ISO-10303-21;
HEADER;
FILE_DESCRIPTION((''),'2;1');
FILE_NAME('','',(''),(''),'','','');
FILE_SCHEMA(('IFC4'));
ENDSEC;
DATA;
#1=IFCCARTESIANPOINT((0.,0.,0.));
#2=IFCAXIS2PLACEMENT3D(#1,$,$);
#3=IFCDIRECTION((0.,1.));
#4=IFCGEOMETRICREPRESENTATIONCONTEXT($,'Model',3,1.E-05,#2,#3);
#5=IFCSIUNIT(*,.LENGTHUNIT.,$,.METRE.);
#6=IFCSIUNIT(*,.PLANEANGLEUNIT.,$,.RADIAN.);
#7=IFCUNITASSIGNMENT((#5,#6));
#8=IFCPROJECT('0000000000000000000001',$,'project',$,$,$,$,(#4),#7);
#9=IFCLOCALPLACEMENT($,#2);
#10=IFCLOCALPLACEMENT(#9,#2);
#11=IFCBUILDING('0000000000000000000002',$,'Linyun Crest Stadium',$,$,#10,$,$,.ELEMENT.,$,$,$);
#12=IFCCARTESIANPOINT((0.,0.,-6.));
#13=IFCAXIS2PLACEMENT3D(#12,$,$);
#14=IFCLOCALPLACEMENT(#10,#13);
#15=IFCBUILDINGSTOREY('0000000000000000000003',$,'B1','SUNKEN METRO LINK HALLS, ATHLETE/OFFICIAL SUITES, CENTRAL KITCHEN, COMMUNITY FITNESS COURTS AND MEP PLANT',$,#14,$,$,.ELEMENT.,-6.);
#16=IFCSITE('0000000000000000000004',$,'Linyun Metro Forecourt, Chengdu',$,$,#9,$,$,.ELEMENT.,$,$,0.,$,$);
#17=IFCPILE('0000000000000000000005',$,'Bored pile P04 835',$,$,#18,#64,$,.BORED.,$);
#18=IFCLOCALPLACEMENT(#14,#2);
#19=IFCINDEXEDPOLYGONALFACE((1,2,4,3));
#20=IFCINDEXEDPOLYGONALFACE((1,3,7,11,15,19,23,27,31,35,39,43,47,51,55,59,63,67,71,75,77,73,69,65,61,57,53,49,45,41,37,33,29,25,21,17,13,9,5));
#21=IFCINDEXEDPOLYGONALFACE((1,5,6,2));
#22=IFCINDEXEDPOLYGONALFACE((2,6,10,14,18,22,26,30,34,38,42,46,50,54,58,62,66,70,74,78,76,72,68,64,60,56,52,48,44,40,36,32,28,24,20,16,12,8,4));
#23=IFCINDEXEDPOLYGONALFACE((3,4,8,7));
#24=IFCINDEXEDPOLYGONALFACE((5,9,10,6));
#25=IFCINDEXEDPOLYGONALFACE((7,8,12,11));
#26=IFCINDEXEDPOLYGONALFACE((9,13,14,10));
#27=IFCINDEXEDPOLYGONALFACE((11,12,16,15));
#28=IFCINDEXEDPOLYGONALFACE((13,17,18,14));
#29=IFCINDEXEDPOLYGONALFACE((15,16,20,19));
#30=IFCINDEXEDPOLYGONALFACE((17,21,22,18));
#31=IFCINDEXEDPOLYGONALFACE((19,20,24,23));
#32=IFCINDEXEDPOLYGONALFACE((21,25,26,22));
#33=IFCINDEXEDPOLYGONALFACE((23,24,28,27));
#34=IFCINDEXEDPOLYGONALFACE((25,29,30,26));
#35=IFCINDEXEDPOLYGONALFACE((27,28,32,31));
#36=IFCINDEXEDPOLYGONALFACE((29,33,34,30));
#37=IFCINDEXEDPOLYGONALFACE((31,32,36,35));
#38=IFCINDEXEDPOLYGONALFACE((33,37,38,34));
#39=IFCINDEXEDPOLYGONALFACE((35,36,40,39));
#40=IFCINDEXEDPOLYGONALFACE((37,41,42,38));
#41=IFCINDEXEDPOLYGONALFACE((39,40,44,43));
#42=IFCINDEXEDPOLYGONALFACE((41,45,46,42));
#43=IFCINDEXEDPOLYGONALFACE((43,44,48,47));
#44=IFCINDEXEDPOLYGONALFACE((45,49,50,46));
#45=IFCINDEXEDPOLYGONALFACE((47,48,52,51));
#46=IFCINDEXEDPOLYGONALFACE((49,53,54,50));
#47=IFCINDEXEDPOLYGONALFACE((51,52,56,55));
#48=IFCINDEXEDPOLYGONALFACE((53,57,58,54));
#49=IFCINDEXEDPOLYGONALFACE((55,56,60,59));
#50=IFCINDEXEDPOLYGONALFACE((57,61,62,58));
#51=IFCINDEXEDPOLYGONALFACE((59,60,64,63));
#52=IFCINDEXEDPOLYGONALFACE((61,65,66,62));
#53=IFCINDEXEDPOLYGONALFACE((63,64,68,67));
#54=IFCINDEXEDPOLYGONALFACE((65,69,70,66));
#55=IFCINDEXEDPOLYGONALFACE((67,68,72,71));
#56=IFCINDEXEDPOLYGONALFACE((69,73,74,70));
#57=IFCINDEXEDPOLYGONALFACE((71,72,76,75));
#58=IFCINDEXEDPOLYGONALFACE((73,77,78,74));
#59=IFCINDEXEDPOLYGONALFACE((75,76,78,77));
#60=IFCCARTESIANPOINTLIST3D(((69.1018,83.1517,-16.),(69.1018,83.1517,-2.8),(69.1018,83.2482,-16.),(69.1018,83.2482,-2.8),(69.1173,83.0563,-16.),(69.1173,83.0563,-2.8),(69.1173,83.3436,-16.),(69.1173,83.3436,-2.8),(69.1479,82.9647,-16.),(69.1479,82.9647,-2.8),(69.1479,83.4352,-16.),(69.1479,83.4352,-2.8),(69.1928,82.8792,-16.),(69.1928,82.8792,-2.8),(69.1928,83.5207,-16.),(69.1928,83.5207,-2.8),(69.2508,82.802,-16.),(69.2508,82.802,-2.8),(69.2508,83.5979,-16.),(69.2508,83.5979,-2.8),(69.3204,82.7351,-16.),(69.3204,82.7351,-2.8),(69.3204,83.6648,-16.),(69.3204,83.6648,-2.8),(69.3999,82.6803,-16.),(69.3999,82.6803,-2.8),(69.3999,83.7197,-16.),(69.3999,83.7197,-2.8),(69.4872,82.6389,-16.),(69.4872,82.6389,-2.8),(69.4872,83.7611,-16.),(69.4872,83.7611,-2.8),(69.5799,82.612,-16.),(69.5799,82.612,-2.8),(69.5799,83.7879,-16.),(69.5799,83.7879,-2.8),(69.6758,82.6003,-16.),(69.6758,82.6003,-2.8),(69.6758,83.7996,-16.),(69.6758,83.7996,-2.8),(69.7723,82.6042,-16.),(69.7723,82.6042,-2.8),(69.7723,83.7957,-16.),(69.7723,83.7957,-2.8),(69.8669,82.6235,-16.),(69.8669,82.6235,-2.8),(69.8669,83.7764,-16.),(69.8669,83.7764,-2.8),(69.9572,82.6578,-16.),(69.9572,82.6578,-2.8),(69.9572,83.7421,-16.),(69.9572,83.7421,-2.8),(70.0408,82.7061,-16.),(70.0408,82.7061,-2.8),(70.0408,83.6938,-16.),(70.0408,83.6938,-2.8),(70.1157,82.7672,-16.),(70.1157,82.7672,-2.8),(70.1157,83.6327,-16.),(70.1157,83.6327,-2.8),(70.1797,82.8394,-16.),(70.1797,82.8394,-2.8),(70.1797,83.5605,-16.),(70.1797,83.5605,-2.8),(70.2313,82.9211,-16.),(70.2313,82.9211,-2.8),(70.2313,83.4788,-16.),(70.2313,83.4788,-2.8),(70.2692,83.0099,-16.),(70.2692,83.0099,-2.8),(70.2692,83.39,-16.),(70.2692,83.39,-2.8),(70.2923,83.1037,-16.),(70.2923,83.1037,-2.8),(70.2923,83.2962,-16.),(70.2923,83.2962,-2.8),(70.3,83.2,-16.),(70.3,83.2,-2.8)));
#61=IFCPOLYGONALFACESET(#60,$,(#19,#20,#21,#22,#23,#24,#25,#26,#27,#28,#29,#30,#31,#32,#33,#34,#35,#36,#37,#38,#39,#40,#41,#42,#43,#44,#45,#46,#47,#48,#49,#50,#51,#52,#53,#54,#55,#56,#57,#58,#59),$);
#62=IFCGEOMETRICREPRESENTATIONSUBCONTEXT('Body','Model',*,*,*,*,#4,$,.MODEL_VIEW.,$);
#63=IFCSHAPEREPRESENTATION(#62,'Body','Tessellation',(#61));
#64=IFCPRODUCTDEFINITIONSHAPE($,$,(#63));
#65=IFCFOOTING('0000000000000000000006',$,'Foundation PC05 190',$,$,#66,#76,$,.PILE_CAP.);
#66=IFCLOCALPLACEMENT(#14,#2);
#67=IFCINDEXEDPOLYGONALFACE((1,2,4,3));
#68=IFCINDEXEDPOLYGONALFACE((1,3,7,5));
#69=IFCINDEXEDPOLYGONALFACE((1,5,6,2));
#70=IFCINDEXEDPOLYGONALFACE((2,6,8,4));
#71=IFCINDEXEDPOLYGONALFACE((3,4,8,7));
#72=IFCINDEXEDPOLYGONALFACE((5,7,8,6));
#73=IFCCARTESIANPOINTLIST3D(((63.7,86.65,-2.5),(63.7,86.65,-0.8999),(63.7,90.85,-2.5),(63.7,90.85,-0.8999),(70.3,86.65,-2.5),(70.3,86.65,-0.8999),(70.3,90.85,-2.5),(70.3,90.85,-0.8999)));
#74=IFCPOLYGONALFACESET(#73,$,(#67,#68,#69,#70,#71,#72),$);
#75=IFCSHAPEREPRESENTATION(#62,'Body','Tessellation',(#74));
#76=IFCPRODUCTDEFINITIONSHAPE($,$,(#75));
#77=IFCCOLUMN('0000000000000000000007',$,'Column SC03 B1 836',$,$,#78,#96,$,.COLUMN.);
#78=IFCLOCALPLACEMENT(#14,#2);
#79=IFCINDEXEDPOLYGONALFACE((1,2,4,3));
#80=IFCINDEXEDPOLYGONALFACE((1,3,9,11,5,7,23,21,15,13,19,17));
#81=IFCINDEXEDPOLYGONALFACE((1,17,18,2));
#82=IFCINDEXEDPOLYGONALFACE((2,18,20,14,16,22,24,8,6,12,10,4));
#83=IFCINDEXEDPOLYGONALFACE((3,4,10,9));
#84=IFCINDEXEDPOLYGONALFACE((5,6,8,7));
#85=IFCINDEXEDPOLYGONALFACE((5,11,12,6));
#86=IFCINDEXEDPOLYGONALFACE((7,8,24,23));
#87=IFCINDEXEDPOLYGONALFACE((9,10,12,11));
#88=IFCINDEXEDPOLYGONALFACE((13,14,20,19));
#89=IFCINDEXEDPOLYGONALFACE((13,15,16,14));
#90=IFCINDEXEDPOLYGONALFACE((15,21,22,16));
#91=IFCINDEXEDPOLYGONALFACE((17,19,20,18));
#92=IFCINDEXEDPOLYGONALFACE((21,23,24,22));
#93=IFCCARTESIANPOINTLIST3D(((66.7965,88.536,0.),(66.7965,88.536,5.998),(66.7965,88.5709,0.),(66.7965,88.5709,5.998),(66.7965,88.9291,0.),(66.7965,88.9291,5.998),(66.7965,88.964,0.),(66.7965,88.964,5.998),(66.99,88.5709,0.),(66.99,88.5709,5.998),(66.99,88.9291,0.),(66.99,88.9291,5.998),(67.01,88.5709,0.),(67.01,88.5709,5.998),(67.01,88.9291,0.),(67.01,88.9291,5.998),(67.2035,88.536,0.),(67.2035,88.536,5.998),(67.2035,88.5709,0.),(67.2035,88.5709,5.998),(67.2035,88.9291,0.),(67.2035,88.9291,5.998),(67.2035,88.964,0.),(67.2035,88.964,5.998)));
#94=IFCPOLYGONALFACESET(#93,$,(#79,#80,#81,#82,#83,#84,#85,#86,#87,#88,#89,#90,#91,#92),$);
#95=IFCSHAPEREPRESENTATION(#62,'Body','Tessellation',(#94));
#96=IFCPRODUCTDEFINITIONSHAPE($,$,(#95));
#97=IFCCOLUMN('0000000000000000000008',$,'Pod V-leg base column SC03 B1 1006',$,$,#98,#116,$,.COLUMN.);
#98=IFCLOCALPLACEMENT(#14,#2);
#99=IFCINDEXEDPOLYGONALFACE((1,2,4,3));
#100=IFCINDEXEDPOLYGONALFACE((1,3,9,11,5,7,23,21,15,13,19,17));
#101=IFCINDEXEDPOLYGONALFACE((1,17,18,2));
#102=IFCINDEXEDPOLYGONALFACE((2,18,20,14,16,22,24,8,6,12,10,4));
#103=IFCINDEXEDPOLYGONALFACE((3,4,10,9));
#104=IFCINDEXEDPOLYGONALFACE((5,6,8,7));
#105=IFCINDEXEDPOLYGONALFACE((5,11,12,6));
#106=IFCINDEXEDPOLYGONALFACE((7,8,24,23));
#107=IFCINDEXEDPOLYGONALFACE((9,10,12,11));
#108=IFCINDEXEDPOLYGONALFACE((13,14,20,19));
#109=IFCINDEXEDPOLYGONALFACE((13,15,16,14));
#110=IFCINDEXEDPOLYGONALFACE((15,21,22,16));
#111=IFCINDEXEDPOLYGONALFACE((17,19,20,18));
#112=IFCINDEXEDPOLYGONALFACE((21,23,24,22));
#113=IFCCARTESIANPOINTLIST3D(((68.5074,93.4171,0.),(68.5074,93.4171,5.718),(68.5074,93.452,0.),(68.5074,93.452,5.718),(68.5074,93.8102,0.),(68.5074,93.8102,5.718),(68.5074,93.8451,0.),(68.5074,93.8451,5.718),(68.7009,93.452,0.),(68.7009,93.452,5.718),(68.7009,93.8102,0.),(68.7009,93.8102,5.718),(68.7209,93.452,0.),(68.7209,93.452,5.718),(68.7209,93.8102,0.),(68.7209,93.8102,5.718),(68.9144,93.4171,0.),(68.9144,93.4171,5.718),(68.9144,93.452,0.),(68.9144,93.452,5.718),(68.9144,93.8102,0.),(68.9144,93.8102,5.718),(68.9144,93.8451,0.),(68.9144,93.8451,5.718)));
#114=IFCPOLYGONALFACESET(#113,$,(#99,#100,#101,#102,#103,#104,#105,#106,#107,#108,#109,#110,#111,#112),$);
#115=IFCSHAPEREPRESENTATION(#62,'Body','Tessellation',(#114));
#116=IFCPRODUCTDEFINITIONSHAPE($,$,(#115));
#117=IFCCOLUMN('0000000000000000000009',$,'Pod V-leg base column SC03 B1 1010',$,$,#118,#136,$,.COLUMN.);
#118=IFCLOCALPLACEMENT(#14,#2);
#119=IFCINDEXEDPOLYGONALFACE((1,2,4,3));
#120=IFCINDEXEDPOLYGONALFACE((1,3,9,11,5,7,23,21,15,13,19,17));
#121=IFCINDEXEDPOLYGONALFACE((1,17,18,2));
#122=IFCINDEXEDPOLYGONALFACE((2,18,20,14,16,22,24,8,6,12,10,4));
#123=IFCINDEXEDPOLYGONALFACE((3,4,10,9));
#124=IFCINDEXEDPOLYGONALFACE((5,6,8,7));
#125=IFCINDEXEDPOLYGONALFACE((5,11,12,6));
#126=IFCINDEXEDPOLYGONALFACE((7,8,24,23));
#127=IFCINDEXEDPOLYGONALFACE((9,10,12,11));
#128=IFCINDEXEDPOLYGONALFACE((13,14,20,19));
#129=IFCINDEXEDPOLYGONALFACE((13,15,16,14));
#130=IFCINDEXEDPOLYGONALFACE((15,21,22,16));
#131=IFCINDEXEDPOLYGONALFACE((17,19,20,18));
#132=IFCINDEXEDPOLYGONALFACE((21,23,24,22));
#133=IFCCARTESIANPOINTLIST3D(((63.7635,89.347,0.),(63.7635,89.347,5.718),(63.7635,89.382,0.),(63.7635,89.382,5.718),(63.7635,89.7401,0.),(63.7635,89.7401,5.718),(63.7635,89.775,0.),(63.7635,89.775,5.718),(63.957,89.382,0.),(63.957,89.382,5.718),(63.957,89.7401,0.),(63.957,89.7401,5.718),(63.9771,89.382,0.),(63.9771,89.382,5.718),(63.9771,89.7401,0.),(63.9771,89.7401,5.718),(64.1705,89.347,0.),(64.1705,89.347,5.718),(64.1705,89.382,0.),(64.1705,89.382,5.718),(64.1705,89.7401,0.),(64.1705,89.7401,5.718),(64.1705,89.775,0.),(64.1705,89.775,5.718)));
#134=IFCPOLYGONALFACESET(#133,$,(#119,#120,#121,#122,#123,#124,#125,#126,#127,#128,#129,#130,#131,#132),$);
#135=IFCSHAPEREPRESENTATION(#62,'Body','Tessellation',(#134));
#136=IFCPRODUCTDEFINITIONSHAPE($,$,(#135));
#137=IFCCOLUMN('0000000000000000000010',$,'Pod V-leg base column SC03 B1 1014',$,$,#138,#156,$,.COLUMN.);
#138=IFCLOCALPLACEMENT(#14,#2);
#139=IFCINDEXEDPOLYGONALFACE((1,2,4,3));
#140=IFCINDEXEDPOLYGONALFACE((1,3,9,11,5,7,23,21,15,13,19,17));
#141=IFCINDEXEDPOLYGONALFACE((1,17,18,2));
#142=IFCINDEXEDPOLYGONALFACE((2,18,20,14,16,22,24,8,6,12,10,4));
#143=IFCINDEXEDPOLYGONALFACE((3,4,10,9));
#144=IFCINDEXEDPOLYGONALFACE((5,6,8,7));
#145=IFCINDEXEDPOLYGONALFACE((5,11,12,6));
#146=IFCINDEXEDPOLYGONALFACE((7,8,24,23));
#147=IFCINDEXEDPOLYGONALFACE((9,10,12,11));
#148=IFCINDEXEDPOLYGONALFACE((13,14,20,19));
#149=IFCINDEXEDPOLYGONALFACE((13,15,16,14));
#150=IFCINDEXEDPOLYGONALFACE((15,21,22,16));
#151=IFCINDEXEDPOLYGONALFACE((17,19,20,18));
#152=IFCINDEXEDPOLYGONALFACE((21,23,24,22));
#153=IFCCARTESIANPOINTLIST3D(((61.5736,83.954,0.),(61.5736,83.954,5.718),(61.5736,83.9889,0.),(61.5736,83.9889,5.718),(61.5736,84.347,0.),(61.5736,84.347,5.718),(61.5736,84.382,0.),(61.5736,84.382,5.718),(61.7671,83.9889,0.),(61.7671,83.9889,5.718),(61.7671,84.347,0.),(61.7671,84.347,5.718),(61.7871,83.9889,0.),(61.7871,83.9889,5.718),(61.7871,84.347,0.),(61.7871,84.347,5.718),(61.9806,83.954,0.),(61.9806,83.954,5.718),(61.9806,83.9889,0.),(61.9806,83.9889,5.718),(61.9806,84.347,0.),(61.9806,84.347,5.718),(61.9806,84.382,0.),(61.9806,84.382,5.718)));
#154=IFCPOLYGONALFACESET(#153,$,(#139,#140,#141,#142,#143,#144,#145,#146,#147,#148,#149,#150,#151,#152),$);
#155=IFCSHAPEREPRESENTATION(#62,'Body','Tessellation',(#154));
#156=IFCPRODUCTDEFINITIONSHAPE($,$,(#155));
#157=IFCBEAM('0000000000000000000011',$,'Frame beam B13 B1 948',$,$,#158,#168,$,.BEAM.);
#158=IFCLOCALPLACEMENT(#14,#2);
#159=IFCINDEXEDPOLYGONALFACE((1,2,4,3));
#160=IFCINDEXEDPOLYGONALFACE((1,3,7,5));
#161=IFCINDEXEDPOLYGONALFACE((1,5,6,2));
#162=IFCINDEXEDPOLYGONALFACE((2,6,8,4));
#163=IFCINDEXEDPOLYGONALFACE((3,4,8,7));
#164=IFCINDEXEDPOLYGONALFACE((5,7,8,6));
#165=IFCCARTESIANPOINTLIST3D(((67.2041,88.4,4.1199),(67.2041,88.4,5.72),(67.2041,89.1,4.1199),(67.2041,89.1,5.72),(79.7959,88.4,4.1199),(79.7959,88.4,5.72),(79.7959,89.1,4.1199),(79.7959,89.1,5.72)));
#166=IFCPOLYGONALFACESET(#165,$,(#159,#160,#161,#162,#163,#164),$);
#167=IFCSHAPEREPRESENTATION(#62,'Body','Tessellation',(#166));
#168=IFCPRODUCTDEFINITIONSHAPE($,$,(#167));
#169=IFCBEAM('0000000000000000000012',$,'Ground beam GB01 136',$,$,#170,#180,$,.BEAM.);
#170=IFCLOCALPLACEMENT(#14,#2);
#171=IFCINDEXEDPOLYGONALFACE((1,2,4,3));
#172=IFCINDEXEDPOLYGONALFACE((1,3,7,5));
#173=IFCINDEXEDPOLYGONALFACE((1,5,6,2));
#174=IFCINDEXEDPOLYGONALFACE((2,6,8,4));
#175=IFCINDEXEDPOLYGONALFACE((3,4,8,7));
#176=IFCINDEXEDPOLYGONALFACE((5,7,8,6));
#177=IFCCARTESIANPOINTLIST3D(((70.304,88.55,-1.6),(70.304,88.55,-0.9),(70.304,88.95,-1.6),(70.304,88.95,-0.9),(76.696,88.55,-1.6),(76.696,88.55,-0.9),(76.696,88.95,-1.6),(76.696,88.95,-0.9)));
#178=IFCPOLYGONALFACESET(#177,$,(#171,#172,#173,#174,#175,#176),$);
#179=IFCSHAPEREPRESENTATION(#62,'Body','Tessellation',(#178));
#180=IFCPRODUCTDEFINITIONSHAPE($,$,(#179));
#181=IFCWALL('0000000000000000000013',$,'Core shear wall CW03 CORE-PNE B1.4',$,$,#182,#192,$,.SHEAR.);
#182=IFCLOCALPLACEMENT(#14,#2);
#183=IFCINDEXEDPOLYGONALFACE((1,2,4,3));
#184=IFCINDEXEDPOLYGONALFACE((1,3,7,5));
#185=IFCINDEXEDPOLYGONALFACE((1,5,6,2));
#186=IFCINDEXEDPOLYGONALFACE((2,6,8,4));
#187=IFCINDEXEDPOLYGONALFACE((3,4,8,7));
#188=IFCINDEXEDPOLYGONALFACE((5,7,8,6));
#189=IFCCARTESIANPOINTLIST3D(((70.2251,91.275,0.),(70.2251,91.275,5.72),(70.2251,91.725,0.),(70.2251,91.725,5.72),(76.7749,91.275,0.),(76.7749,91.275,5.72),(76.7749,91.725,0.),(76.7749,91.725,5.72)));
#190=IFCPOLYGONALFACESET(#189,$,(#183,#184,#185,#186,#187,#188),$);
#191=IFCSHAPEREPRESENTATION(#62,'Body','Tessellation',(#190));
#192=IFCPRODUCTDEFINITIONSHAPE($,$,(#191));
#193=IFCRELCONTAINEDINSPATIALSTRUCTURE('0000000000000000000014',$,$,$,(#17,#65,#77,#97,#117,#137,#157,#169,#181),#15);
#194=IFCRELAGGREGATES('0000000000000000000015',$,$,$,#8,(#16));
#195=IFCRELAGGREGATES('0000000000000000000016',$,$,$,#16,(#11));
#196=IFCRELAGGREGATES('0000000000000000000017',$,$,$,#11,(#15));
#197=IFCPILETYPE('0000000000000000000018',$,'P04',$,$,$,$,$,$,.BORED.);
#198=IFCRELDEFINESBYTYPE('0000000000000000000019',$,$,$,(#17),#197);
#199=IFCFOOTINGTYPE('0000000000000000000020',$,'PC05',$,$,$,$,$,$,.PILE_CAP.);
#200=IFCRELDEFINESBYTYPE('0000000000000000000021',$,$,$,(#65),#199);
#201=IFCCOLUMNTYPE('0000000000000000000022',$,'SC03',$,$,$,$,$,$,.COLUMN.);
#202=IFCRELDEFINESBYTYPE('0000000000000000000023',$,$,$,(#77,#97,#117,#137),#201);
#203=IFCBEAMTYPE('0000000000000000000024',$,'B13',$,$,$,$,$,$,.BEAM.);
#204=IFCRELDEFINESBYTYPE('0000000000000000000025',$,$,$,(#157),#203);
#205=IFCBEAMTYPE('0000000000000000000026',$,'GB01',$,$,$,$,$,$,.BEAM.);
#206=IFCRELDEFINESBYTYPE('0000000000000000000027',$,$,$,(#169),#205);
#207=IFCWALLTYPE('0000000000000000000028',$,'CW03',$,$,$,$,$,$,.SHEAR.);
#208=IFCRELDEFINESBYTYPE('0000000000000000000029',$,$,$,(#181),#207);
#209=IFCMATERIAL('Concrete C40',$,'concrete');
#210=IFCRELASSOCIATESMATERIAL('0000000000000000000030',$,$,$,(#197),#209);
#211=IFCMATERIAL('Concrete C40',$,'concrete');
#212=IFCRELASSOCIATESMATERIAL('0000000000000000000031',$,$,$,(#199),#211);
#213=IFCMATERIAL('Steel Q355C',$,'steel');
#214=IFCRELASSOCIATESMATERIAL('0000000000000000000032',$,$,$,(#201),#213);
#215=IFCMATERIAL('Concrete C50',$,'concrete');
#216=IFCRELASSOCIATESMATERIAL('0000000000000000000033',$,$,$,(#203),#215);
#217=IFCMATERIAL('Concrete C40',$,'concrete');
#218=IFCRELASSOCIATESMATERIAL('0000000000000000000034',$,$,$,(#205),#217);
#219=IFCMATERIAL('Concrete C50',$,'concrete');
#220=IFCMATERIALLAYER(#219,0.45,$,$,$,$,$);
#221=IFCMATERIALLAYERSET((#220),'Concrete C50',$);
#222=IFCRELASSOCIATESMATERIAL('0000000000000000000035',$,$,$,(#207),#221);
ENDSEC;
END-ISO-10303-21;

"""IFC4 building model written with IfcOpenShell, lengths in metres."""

from ifc_helpers import new_model, si_unit, direction, frame, frame_2d, origin, origin_2d, place, context, subcontext, project, spatial, rectangle, circle, i_section, extrude, material, layer, layer_set, material_profile, profile_set, type_object, element, save


model = new_model("IFC4")

# Units and contexts
model_context = context("Model", 3, precision=1e-05, world=origin(), true_north=direction((0.0, 1.0)))
body_context = subcontext(model_context, "Body", "Model", "MODEL_VIEW")
ifc_project = project(units=[si_unit("LENGTHUNIT", "METRE"), si_unit("PLANEANGLEUNIT", "RADIAN")], contexts=[model_context])

# Site, building, storey
site_placement = place(None, origin())
site = spatial("IfcSite", under=ifc_project, at=site_placement, Name="Linyun Metro Forecourt, Chengdu", CompositionType="ELEMENT", RefElevation=0.0)
building_placement = place(site_placement, origin())
building = spatial("IfcBuilding", under=site, at=building_placement, Name="Linyun Crest Stadium", CompositionType="ELEMENT")
storey_placement = place(building_placement, frame((0.0, 0.0, -6.0)))
storey = spatial("IfcBuildingStorey", under=building, at=storey_placement, Name="B1", Description="SUNKEN METRO LINK HALLS, ATHLETE/OFFICIAL SUITES, CENTRAL KITCHEN, COMMUNITY FITNESS COURTS AND MEP PLANT", CompositionType="ELEMENT", Elevation=-6.0)

# Pile
ifc_material_1 = material(Name="Concrete C40", Category="concrete")
ifc_material_profile_1 = material_profile(ifc_material_1, circle(Radius=0.6001, at=origin_2d()), Name="BORED PILE 1200")
ifc_profile_set_1 = profile_set([ifc_material_profile_1], Name="Concrete C40")
pile_type_1 = type_object("IfcPileType", Name="P04", PredefinedType="BORED", material=ifc_profile_set_1)
for number, where, z_axis, x_axis, name in (
    (1, (69.7, 83.2, -2.8), (0.0, 0.0, -1.0), (1.0, 0.0, 0.0), "Bored pile P04 835"),
):
    element("IfcPile", number, at=place(storey_placement, frame(where, z_axis=z_axis, x_axis=x_axis)), inside=storey, type_object=pile_type_1, Name=name, PredefinedType="BORED", context=body_context, shape_type="SweptSolid", body=[
        extrude(circle(Radius=0.6001, at=origin_2d()), origin(), (0.0, 0.0, 1.0), 13.2),
    ])

# Footing
ifc_material_2 = material(Name="Concrete C40", Category="concrete")
footing_type = type_object("IfcFootingType", Name="PC05", PredefinedType="PILE_CAP", material=ifc_material_2)
footing_placement = place(storey_placement, frame((67.0, 88.75, -2.5), z_axis=(0.0, 0.0, 1.0), x_axis=(1.0, 0.0, 0.0)))
element("IfcFooting", 2, at=footing_placement, inside=storey, type_object=footing_type, Name="Foundation PC05 190", PredefinedType="PILE_CAP", context=body_context, shape_type="SweptSolid", body=[
    extrude(rectangle(XDim=6.6001, YDim=4.2, at=origin_2d()), origin(), (0.0, 0.0, 1.0), 1.6001),
])

# Columns
ifc_material_3 = material(Name="Steel Q355C", Category="steel")
ifc_material_profile_2 = material_profile(ifc_material_3, i_section(OverallWidth=0.407, OverallDepth=0.428, WebThickness=0.02, FlangeThickness=0.0349, at=origin_2d()), Name="HW 428x407")
ifc_profile_set_2 = profile_set([ifc_material_profile_2], Name="Steel Q355C")
column_type = type_object("IfcColumnType", Name="SC03", PredefinedType="COLUMN", material=ifc_profile_set_2)
column_placement = place(storey_placement, frame((67.0, 88.75, 0.0), z_axis=(0.0, 0.0, 1.0), x_axis=(1.0, 0.0, 0.0)))
element("IfcColumn", 3, at=column_placement, inside=storey, type_object=column_type, Name="Column SC03 B1 836", PredefinedType="COLUMN", context=body_context, shape_type="SweptSolid", body=[
    extrude(i_section(OverallWidth=0.407, OverallDepth=0.428, WebThickness=0.02, FlangeThickness=0.0349, at=origin_2d()), origin(), (0.0, 0.0, 1.0), 5.998),
])
for number, where, z_axis, x_axis, name in (
    (4, (68.7109, 93.6311, 0.0), (0.0, 0.0, 1.0), (1.0, 0.0, 0.0), "Pod V-leg base column SC03 B1 1006"),
    (5, (63.967, 89.561, 0.0), (0.0, 0.0, 1.0), (1.0, 0.0, 0.0), "Pod V-leg base column SC03 B1 1010"),
    (6, (61.7771, 84.168, 0.0), (0.0, 0.0, 1.0), (1.0, 0.0, 0.0), "Pod V-leg base column SC03 B1 1014"),
):
    element("IfcColumn", number, at=place(storey_placement, frame(where, z_axis=z_axis, x_axis=x_axis)), inside=storey, type_object=column_type, Name=name, PredefinedType="COLUMN", context=body_context, shape_type="SweptSolid", body=[
        extrude(i_section(OverallWidth=0.407, OverallDepth=0.428, WebThickness=0.02, FlangeThickness=0.0349, at=origin_2d()), origin(), (0.0, 0.0, 1.0), 5.718),
    ])

# Beams
ifc_material_4 = material(Name="Concrete C50", Category="concrete")
ifc_material_profile_3 = material_profile(ifc_material_4, rectangle(XDim=0.7, YDim=1.6001, at=origin_2d()), Name="RCB 1600x700")
ifc_profile_set_3 = profile_set([ifc_material_profile_3], Name="Concrete C50")
beam_type_1 = type_object("IfcBeamType", Name="B13", PredefinedType="BEAM", material=ifc_profile_set_3)
beam_1_placement = place(storey_placement, frame((67.2041, 88.75, 4.9199), z_axis=(1.0, 0.0, 0.0), x_axis=(0.0, 1.0, 0.0)))
element("IfcBeam", 7, at=beam_1_placement, inside=storey, type_object=beam_type_1, Name="Frame beam B13 B1 948", PredefinedType="BEAM", context=body_context, shape_type="SweptSolid", body=[
    extrude(rectangle(XDim=0.7, YDim=1.6001, at=origin_2d()), origin(), (0.0, 0.0, 1.0), 12.5918),
])
ifc_material_5 = material(Name="Concrete C40", Category="concrete")
ifc_material_profile_4 = material_profile(ifc_material_5, rectangle(XDim=0.3999, YDim=0.7, at=origin_2d()), Name="RCB 700x400")
ifc_profile_set_4 = profile_set([ifc_material_profile_4], Name="Concrete C40")
beam_type_2 = type_object("IfcBeamType", Name="GB01", PredefinedType="BEAM", material=ifc_profile_set_4)
beam_2_placement = place(storey_placement, frame((70.304, 88.75, -1.25), z_axis=(1.0, 0.0, 0.0), x_axis=(0.0, 1.0, 0.0)))
element("IfcBeam", 8, at=beam_2_placement, inside=storey, type_object=beam_type_2, Name="Ground beam GB01 136", PredefinedType="BEAM", context=body_context, shape_type="SweptSolid", body=[
    extrude(rectangle(XDim=0.3999, YDim=0.7, at=origin_2d()), origin(), (0.0, 0.0, 1.0), 6.3921),
])

# Wall
ifc_material_6 = material(Name="Concrete C50", Category="concrete")
ifc_layer_1 = layer(ifc_material_6, 0.45)
ifc_layer_set_1 = layer_set([ifc_layer_1], Name="Concrete C50")
wall_type_1 = type_object("IfcWallType", Name="CW03", PredefinedType="SHEAR", material=ifc_layer_set_1)
wall_1_placement = place(storey_placement, frame((70.2251, 91.5, 0.0), z_axis=(0.0, 0.0, 1.0), x_axis=(1.0, 0.0, 0.0)))
element("IfcWall", 9, at=wall_1_placement, inside=storey, type_object=wall_type_1, Name="Core shear wall CW03 CORE-PNE B1.4", PredefinedType="SHEAR", context=body_context, shape_type="SweptSolid", body=[
    extrude(rectangle(XDim=6.5498, YDim=0.45, at=frame_2d((3.2749, 0.0))), origin(), (0.0, 0.0, 1.0), 5.72),
])

save(model, "model.ifc")
